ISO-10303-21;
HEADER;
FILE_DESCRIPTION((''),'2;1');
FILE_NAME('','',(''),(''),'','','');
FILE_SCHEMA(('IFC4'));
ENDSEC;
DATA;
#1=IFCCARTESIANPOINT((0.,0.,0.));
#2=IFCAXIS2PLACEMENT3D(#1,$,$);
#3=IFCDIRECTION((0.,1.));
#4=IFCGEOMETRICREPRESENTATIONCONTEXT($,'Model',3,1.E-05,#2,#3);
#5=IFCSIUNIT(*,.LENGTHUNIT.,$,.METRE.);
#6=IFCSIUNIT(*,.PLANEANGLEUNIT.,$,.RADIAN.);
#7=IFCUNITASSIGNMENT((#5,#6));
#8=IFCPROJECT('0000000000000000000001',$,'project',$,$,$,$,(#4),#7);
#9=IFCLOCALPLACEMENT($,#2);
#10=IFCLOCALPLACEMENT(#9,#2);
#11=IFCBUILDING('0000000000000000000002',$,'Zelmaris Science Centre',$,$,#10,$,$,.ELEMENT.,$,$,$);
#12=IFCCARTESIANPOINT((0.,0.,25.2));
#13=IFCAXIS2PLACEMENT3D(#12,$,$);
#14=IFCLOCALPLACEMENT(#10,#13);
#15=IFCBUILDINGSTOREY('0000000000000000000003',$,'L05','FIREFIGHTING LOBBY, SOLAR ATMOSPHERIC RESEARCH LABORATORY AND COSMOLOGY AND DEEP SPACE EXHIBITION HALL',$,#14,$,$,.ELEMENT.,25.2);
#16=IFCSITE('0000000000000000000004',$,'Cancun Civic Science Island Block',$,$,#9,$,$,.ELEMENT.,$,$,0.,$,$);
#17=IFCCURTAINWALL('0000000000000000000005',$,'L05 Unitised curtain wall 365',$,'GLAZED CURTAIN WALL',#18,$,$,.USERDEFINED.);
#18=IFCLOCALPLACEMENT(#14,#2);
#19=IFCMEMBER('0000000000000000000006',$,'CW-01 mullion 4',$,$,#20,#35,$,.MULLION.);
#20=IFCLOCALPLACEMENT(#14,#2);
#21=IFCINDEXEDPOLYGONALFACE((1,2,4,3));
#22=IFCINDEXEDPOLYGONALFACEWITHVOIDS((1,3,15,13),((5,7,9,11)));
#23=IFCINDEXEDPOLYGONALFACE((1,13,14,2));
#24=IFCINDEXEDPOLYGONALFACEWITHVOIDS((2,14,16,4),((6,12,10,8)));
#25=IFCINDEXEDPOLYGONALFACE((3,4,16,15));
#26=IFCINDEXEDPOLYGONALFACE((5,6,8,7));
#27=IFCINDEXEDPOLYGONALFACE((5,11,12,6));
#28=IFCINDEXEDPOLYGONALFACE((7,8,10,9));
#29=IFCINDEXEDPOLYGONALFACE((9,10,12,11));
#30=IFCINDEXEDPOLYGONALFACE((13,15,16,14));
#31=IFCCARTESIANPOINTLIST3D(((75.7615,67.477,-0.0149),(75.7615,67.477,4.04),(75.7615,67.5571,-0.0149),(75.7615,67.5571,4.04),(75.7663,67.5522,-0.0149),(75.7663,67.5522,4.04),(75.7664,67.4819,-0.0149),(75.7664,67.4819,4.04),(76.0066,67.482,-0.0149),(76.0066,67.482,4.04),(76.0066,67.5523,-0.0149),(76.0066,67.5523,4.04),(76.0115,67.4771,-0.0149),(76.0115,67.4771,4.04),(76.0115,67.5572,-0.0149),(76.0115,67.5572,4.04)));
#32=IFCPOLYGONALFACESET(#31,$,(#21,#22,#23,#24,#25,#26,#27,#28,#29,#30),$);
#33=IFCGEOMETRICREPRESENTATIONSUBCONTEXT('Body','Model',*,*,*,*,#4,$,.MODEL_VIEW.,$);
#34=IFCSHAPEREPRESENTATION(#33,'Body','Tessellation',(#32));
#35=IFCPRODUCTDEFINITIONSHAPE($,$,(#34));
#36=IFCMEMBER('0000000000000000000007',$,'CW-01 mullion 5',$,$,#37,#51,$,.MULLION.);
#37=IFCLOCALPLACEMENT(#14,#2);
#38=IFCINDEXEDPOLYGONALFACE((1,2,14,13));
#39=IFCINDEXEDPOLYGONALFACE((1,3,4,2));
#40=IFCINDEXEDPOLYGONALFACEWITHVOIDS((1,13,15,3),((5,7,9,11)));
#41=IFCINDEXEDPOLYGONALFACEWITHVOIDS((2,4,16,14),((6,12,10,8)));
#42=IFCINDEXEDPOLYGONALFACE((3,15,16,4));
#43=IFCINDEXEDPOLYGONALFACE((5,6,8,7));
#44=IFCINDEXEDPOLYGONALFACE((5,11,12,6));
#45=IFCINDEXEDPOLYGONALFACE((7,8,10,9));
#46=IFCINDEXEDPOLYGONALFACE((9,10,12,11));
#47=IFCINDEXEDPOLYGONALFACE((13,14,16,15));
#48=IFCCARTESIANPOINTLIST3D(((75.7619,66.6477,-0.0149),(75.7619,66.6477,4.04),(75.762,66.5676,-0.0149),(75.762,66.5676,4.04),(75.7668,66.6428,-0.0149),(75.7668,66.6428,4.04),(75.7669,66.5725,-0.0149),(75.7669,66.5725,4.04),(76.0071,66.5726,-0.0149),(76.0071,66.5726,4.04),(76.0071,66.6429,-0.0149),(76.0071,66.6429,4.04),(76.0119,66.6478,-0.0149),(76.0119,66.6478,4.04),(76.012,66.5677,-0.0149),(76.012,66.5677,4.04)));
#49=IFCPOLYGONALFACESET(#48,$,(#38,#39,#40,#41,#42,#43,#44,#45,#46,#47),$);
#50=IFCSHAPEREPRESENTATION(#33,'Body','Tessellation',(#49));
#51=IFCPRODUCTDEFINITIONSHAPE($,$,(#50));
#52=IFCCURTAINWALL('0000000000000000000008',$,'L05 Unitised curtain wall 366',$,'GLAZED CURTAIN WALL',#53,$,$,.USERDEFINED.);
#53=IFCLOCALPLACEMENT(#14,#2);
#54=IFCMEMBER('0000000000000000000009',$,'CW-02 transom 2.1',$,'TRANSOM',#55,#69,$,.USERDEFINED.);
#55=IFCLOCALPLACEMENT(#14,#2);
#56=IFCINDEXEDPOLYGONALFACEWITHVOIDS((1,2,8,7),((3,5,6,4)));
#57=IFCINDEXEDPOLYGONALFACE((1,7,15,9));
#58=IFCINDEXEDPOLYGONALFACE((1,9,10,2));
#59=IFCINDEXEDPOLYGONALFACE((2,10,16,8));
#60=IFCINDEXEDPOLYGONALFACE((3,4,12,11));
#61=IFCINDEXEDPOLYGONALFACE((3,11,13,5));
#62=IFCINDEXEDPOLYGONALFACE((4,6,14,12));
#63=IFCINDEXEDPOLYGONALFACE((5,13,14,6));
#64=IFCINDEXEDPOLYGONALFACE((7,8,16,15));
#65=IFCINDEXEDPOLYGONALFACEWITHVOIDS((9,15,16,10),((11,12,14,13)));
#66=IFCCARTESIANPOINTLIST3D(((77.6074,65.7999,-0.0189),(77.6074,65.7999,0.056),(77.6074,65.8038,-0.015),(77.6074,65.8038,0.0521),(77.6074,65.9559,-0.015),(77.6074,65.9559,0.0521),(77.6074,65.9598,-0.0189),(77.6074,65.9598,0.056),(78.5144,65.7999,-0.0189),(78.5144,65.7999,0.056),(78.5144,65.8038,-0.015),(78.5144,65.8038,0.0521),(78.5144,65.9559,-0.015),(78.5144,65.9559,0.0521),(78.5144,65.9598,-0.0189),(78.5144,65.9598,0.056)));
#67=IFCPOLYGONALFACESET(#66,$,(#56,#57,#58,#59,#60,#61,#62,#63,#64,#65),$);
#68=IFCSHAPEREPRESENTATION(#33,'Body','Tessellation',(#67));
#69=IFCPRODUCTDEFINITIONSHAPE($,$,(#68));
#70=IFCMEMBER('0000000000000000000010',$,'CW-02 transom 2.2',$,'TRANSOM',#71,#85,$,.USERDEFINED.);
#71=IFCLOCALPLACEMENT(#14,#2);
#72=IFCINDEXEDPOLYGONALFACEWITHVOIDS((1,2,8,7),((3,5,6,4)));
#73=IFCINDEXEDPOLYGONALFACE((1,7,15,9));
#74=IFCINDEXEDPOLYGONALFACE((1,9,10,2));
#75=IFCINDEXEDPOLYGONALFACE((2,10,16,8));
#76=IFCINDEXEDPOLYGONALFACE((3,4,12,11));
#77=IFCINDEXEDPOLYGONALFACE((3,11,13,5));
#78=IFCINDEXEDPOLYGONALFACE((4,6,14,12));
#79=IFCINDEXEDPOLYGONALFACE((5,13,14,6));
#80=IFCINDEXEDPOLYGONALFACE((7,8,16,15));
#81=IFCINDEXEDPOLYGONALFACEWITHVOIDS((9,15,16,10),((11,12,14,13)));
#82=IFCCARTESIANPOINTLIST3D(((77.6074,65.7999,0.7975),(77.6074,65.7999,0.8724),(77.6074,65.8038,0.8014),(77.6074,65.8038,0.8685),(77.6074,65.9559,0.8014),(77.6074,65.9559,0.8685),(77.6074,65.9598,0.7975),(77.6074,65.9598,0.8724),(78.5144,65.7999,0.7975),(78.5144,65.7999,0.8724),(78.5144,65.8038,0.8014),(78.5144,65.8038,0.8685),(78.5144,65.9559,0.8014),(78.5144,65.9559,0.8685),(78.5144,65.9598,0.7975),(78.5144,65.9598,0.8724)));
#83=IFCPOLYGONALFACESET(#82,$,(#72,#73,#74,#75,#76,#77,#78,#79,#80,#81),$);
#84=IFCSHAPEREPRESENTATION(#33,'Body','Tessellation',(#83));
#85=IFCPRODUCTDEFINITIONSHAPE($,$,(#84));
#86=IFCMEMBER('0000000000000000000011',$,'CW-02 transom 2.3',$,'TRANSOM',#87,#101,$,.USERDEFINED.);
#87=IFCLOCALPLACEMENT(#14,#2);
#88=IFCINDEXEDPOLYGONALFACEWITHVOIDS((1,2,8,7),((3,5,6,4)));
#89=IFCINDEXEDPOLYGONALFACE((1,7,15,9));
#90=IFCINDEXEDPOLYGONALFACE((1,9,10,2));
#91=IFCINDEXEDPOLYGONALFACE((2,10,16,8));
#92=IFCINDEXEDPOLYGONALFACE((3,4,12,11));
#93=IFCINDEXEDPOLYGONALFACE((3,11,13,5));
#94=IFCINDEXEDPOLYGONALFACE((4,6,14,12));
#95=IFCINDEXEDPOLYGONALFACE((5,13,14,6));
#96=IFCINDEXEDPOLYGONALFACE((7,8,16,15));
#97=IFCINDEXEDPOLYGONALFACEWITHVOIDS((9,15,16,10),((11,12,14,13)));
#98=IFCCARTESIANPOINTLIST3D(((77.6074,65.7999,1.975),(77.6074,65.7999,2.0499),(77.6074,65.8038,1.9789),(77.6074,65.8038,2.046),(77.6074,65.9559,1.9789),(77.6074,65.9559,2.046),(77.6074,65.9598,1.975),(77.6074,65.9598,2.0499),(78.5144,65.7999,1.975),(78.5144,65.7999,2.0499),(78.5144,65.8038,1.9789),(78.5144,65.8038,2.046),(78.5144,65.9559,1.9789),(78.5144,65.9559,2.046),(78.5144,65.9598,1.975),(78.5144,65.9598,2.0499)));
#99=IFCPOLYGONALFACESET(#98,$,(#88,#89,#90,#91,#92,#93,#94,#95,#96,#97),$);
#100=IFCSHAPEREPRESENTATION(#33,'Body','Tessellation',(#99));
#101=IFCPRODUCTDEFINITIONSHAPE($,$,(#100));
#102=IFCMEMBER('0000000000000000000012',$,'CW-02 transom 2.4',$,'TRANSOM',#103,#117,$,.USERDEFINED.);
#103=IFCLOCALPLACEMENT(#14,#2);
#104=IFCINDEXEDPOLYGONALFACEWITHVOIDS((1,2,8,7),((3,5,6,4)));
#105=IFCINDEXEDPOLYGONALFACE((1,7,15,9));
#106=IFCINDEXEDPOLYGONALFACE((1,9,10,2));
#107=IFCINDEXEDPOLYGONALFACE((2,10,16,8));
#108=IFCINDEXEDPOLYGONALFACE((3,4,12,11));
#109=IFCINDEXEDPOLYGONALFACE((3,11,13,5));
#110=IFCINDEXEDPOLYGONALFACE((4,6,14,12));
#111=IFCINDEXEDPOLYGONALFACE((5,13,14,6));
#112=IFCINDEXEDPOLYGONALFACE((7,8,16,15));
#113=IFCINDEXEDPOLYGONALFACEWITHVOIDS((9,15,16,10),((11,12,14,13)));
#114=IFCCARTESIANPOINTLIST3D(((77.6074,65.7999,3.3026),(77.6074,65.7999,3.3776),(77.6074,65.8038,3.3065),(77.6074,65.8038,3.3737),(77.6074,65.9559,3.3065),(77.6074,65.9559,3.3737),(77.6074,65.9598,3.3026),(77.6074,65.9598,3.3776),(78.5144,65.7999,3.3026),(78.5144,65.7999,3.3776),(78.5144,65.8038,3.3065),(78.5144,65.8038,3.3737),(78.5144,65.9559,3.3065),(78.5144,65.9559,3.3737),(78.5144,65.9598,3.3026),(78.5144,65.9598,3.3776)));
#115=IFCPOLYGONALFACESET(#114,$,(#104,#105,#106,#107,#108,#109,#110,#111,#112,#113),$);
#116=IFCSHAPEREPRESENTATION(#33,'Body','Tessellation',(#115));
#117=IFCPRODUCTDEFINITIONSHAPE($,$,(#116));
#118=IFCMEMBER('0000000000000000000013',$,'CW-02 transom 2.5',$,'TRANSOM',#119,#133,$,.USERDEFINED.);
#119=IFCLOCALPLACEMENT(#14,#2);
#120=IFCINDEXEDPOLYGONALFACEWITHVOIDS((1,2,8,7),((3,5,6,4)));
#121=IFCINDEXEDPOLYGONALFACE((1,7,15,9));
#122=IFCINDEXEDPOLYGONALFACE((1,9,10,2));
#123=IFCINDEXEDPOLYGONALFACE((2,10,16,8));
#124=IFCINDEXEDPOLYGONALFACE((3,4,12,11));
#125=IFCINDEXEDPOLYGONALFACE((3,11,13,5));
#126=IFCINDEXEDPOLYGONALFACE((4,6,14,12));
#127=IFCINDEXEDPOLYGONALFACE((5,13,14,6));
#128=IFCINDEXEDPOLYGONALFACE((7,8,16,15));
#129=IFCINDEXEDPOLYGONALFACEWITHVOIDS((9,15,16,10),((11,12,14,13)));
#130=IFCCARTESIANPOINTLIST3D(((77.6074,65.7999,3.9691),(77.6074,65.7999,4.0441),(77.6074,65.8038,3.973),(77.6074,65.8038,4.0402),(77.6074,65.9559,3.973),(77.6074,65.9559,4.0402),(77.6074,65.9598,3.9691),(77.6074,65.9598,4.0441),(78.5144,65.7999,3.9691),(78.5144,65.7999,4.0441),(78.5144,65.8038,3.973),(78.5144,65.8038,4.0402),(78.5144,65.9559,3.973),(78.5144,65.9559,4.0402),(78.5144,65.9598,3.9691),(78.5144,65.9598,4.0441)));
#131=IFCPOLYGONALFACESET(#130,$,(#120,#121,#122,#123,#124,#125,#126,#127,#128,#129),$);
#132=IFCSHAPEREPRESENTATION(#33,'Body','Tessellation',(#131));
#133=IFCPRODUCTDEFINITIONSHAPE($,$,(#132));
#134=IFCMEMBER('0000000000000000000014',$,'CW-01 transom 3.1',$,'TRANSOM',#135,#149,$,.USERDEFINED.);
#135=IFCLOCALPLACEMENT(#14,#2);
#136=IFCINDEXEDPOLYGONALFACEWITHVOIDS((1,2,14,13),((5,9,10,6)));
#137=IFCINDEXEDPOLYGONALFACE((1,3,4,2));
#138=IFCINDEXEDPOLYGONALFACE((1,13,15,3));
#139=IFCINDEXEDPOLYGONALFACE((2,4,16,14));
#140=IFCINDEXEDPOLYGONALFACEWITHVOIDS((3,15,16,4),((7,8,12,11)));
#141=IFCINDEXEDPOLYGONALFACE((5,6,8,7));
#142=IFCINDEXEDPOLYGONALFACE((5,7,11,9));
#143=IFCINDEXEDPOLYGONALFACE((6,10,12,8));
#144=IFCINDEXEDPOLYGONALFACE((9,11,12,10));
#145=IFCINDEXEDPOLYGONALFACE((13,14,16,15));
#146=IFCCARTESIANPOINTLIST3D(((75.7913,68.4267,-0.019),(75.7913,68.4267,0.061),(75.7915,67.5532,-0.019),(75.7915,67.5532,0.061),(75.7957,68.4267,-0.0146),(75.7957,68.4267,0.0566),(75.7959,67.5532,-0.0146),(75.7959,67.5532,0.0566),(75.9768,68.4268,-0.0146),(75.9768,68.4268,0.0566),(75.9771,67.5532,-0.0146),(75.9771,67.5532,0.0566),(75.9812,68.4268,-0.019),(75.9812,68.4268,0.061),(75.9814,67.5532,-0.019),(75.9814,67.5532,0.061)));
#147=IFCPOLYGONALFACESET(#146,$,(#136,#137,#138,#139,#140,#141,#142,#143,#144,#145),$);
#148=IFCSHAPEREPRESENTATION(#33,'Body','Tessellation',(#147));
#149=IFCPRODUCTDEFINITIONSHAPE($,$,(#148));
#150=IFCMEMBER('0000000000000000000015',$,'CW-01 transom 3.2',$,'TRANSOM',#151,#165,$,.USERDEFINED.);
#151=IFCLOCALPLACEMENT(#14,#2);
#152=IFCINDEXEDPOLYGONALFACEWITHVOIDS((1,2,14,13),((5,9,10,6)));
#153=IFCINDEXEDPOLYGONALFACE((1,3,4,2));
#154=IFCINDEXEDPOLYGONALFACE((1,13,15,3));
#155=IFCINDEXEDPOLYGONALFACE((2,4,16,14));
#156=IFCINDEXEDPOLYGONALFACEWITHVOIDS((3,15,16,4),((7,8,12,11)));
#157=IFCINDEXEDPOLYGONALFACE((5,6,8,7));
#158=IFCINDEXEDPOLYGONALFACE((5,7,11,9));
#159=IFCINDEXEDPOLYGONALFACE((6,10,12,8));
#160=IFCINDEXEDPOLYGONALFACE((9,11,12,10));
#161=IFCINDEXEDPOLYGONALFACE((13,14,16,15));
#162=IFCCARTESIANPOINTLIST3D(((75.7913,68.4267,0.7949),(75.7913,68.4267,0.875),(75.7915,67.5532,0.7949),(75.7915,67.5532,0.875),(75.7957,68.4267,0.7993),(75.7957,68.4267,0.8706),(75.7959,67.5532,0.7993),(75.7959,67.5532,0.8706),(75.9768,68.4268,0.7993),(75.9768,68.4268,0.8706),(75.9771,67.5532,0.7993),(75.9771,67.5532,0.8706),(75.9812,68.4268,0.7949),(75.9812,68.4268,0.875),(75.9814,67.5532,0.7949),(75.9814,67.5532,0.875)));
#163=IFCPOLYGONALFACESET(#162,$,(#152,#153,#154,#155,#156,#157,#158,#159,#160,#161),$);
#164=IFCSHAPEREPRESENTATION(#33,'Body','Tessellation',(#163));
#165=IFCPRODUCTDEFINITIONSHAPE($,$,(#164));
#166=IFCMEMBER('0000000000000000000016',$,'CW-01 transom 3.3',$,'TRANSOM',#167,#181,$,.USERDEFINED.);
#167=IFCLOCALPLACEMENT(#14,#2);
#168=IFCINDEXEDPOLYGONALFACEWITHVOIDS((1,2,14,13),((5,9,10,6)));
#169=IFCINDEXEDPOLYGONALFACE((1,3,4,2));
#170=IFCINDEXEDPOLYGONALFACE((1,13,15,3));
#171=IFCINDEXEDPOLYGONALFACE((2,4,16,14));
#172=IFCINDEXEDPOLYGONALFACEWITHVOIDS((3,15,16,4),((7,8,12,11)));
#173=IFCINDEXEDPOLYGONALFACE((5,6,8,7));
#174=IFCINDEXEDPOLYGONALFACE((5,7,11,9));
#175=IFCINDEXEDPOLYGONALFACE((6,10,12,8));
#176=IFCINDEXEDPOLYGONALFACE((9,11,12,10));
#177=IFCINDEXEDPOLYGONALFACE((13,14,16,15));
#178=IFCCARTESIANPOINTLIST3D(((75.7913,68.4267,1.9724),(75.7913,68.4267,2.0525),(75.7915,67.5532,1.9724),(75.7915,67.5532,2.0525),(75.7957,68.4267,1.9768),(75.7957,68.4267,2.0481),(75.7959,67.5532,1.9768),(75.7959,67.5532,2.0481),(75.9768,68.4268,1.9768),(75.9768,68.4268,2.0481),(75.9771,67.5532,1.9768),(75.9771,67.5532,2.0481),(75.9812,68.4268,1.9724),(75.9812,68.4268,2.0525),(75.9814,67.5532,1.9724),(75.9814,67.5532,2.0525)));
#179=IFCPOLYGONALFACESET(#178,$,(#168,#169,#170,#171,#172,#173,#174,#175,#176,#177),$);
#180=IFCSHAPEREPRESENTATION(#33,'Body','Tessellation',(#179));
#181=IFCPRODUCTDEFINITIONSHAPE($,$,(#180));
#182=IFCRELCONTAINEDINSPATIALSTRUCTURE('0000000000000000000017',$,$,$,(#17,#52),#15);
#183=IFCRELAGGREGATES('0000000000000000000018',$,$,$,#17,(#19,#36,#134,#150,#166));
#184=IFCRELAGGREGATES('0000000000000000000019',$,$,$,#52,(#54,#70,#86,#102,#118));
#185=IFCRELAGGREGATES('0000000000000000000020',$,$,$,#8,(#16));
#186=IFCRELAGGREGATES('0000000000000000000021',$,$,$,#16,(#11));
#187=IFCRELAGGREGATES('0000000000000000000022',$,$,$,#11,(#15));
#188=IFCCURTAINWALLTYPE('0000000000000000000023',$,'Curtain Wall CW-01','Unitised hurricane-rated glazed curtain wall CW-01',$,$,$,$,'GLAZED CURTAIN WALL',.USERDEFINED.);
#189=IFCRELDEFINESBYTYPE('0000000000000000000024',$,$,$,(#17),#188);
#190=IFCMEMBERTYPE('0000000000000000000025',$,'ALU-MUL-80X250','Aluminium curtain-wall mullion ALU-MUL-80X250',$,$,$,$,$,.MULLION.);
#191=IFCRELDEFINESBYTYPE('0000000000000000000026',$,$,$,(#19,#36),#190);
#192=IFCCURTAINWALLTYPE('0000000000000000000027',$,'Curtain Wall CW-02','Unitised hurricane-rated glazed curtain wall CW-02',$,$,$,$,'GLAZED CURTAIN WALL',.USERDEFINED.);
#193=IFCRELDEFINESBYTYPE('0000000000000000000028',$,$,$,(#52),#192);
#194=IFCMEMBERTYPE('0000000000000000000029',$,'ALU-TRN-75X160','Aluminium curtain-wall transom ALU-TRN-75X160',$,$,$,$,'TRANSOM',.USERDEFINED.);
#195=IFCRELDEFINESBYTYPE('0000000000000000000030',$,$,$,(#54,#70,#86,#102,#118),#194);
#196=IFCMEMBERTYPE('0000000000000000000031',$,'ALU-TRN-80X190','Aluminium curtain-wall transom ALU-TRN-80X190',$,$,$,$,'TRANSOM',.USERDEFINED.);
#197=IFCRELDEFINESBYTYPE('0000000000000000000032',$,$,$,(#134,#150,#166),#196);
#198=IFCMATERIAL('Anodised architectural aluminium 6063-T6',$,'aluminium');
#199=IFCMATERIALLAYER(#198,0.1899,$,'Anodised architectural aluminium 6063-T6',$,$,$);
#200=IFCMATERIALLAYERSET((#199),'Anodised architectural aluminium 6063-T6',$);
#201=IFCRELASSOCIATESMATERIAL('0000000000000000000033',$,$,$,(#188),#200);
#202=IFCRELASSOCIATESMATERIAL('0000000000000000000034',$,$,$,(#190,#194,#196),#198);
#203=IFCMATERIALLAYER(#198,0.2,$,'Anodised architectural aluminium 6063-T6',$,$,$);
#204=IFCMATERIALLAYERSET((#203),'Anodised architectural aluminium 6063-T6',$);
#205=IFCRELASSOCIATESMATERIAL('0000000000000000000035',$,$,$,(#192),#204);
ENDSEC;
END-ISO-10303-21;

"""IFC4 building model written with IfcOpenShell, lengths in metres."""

from ifc_helpers import new_model, si_unit, direction, frame, origin, origin_2d, place, context, subcontext, project, spatial, hollow_rectangle, extrude, material, layer, layer_set, material_profile, profile_set, type_object, element, aggregate, save


model = new_model("IFC4")

# Units and contexts
model_context = context("Model", 3, precision=1e-05, world=origin(), true_north=direction((0.0, 1.0)))
body_context = subcontext(model_context, "Body", "Model", "MODEL_VIEW")
ifc_project = project(units=[si_unit("LENGTHUNIT", "METRE"), si_unit("PLANEANGLEUNIT", "RADIAN")], contexts=[model_context])

# Site, building, storey
site_placement = place(None, origin())
site = spatial("IfcSite", under=ifc_project, at=site_placement, Name="Cancun Civic Science Island Block", CompositionType="ELEMENT", RefElevation=0.0)
building_placement = place(site_placement, origin())
building = spatial("IfcBuilding", under=site, at=building_placement, Name="Zelmaris Science Centre", CompositionType="ELEMENT")
storey_placement = place(building_placement, frame((0.0, 0.0, 25.2)))
storey = spatial("IfcBuildingStorey", under=building, at=storey_placement, Name="L05", Description="FIREFIGHTING LOBBY, SOLAR ATMOSPHERIC RESEARCH LABORATORY AND COSMOLOGY AND DEEP SPACE EXHIBITION HALL", CompositionType="ELEMENT", Elevation=25.2)

# Curtain walls, members
ifc_material_1 = material(Name="Anodised architectural aluminium 6063-T6", Category="aluminium")
ifc_layer_1 = layer(ifc_material_1, 0.1899, Name="Anodised architectural aluminium 6063-T6")
ifc_layer_set_1 = layer_set([ifc_layer_1], Name="Anodised architectural aluminium 6063-T6")
curtain_wall_type_1 = type_object("IfcCurtainWallType", Name="Curtain Wall CW-01", Description="Unitised hurricane-rated glazed curtain wall CW-01", ElementType="GLAZED CURTAIN WALL", PredefinedType="USERDEFINED", material=ifc_layer_set_1)
curtain_wall_1_placement = place(storey_placement, origin())
curtain_wall_1 = element("IfcCurtainWall", 1, at=curtain_wall_1_placement, inside=storey, type_object=curtain_wall_type_1, Name="L05 Unitised curtain wall 365", ObjectType="GLAZED CURTAIN WALL", PredefinedType="USERDEFINED")
ifc_material_profile_1 = material_profile(ifc_material_1, hollow_rectangle(XDim=0.0801, YDim=0.25, WallThickness=0.0049, at=origin_2d()), Name="ALU-MUL-80X250")
ifc_profile_set_1 = profile_set([ifc_material_profile_1], Name="Anodised architectural aluminium 6063-T6")
member_type_1 = type_object("IfcMemberType", Name="ALU-MUL-80X250", Description="Aluminium curtain-wall mullion ALU-MUL-80X250", PredefinedType="MULLION", material=ifc_profile_set_1)
member_1_placement = place(storey_placement, frame((75.8865, 67.5171, -0.0149), z_axis=(0.0, 0.0, 1.0), x_axis=(0.000396, -1.0, 0.0)))
member_1 = element("IfcMember", 2, at=member_1_placement, type_object=member_type_1, Name="CW-01 mullion 4", PredefinedType="MULLION", context=body_context, shape_type="SweptSolid", body=[
    extrude(hollow_rectangle(XDim=0.0801, YDim=0.25, WallThickness=0.0049, at=origin_2d()), origin(), (0.0, 0.0, 1.0), 4.0549),
])
member_2_placement = place(storey_placement, frame((75.887, 66.6077, -0.0149), z_axis=(0.0, 0.0, 1.0), x_axis=(0.000396, -1.0, 0.0)))
member_2 = element("IfcMember", 3, at=member_2_placement, type_object=member_type_1, Name="CW-01 mullion 5", PredefinedType="MULLION", context=body_context, shape_type="SweptSolid", body=[
    extrude(hollow_rectangle(XDim=0.0801, YDim=0.25, WallThickness=0.0049, at=origin_2d()), origin(), (0.0, 0.0, 1.0), 4.0549),
])
ifc_layer_2 = layer(ifc_material_1, 0.2, Name="Anodised architectural aluminium 6063-T6")
ifc_layer_set_2 = layer_set([ifc_layer_2], Name="Anodised architectural aluminium 6063-T6")
curtain_wall_type_2 = type_object("IfcCurtainWallType", Name="Curtain Wall CW-02", Description="Unitised hurricane-rated glazed curtain wall CW-02", ElementType="GLAZED CURTAIN WALL", PredefinedType="USERDEFINED", material=ifc_layer_set_2)
curtain_wall_2_placement = place(storey_placement, origin())
curtain_wall_2 = element("IfcCurtainWall", 4, at=curtain_wall_2_placement, inside=storey, type_object=curtain_wall_type_2, Name="L05 Unitised curtain wall 366", ObjectType="GLAZED CURTAIN WALL", PredefinedType="USERDEFINED")
ifc_material_profile_2 = material_profile(ifc_material_1, hollow_rectangle(XDim=0.075, YDim=0.1599, WallThickness=0.0039, at=origin_2d()), Name="ALU-TRN-75X160")
ifc_profile_set_2 = profile_set([ifc_material_profile_2], Name="Anodised architectural aluminium 6063-T6")
member_type_2 = type_object("IfcMemberType", Name="ALU-TRN-75X160", Description="Aluminium curtain-wall transom ALU-TRN-75X160", ElementType="TRANSOM", PredefinedType="USERDEFINED", material=ifc_profile_set_2)
member_3_placement = place(storey_placement, frame((77.6074, 65.8799, 0.0186), z_axis=(1.0, 0.0, 0.0), x_axis=(0.0, 0.0, 1.0)))
member_3 = element("IfcMember", 5, at=member_3_placement, type_object=member_type_2, Name="CW-02 transom 2.1", ObjectType="TRANSOM", PredefinedType="USERDEFINED", context=body_context, shape_type="SweptSolid", body=[
    extrude(hollow_rectangle(XDim=0.075, YDim=0.1599, WallThickness=0.0039, at=origin_2d()), origin(), (0.0, 0.0, 1.0), 0.907),
])
member_4_placement = place(storey_placement, frame((77.6074, 65.8799, 0.835), z_axis=(1.0, 0.0, 0.0), x_axis=(0.0, 0.0, 1.0)))
member_4 = element("IfcMember", 6, at=member_4_placement, type_object=member_type_2, Name="CW-02 transom 2.2", ObjectType="TRANSOM", PredefinedType="USERDEFINED", context=body_context, shape_type="SweptSolid", body=[
    extrude(hollow_rectangle(XDim=0.075, YDim=0.1599, WallThickness=0.0039, at=origin_2d()), origin(), (0.0, 0.0, 1.0), 0.907),
])
member_5_placement = place(storey_placement, frame((77.6074, 65.8799, 2.0125), z_axis=(1.0, 0.0, 0.0), x_axis=(0.0, 0.0, 1.0)))
member_5 = element("IfcMember", 7, at=member_5_placement, type_object=member_type_2, Name="CW-02 transom 2.3", ObjectType="TRANSOM", PredefinedType="USERDEFINED", context=body_context, shape_type="SweptSolid", body=[
    extrude(hollow_rectangle(XDim=0.075, YDim=0.1599, WallThickness=0.0039, at=origin_2d()), origin(), (0.0, 0.0, 1.0), 0.907),
])
member_6_placement = place(storey_placement, frame((77.6074, 65.8799, 3.3401), z_axis=(1.0, 0.0, 0.0), x_axis=(0.0, 0.0, 1.0)))
member_6 = element("IfcMember", 8, at=member_6_placement, type_object=member_type_2, Name="CW-02 transom 2.4", ObjectType="TRANSOM", PredefinedType="USERDEFINED", context=body_context, shape_type="SweptSolid", body=[
    extrude(hollow_rectangle(XDim=0.075, YDim=0.1599, WallThickness=0.0039, at=origin_2d()), origin(), (0.0, 0.0, 1.0), 0.907),
])
member_7_placement = place(storey_placement, frame((77.6074, 65.8799, 4.0066), z_axis=(1.0, 0.0, 0.0), x_axis=(0.0, 0.0, 1.0)))
member_7 = element("IfcMember", 9, at=member_7_placement, type_object=member_type_2, Name="CW-02 transom 2.5", ObjectType="TRANSOM", PredefinedType="USERDEFINED", context=body_context, shape_type="SweptSolid", body=[
    extrude(hollow_rectangle(XDim=0.075, YDim=0.1599, WallThickness=0.0039, at=origin_2d()), origin(), (0.0, 0.0, 1.0), 0.907),
])

# Members
ifc_material_profile_3 = material_profile(ifc_material_1, hollow_rectangle(XDim=0.0801, YDim=0.1899, WallThickness=0.0044, at=origin_2d()), Name="ALU-TRN-80X190")
ifc_profile_set_3 = profile_set([ifc_material_profile_3], Name="Anodised architectural aluminium 6063-T6")
member_type_3 = type_object("IfcMemberType", Name="ALU-TRN-80X190", Description="Aluminium curtain-wall transom ALU-TRN-80X190", ElementType="TRANSOM", PredefinedType="USERDEFINED", material=ifc_profile_set_3)
member_8_placement = place(storey_placement, frame((75.8862, 68.4268, 0.021), z_axis=(0.000279, -1.0, 0.0), x_axis=(0.0, 0.0, 1.0)))
member_8 = element("IfcMember", 10, at=member_8_placement, type_object=member_type_3, Name="CW-01 transom 3.1", ObjectType="TRANSOM", PredefinedType="USERDEFINED", context=body_context, shape_type="SweptSolid", body=[
    extrude(hollow_rectangle(XDim=0.0801, YDim=0.1899, WallThickness=0.0044, at=origin_2d()), origin(), (0.0, 0.0, 1.0), 0.8735),
])
member_9_placement = place(storey_placement, frame((75.8862, 68.4268, 0.835), z_axis=(0.000279, -1.0, 0.0), x_axis=(0.0, 0.0, 1.0)))
member_9 = element("IfcMember", 11, at=member_9_placement, type_object=member_type_3, Name="CW-01 transom 3.2", ObjectType="TRANSOM", PredefinedType="USERDEFINED", context=body_context, shape_type="SweptSolid", body=[
    extrude(hollow_rectangle(XDim=0.0801, YDim=0.1899, WallThickness=0.0044, at=origin_2d()), origin(), (0.0, 0.0, 1.0), 0.8735),
])
member_10_placement = place(storey_placement, frame((75.8862, 68.4268, 2.0125), z_axis=(0.000279, -1.0, 0.0), x_axis=(0.0, 0.0, 1.0)))
member_10 = element("IfcMember", 12, at=member_10_placement, type_object=member_type_3, Name="CW-01 transom 3.3", ObjectType="TRANSOM", PredefinedType="USERDEFINED", context=body_context, shape_type="SweptSolid", body=[
    extrude(hollow_rectangle(XDim=0.0801, YDim=0.1899, WallThickness=0.0044, at=origin_2d()), origin(), (0.0, 0.0, 1.0), 0.8735),
])

aggregate(curtain_wall_1, [member_1, member_2, member_8, member_9, member_10])
aggregate(curtain_wall_2, [member_3, member_4, member_5, member_6, member_7])

save(model, "model.ifc")
